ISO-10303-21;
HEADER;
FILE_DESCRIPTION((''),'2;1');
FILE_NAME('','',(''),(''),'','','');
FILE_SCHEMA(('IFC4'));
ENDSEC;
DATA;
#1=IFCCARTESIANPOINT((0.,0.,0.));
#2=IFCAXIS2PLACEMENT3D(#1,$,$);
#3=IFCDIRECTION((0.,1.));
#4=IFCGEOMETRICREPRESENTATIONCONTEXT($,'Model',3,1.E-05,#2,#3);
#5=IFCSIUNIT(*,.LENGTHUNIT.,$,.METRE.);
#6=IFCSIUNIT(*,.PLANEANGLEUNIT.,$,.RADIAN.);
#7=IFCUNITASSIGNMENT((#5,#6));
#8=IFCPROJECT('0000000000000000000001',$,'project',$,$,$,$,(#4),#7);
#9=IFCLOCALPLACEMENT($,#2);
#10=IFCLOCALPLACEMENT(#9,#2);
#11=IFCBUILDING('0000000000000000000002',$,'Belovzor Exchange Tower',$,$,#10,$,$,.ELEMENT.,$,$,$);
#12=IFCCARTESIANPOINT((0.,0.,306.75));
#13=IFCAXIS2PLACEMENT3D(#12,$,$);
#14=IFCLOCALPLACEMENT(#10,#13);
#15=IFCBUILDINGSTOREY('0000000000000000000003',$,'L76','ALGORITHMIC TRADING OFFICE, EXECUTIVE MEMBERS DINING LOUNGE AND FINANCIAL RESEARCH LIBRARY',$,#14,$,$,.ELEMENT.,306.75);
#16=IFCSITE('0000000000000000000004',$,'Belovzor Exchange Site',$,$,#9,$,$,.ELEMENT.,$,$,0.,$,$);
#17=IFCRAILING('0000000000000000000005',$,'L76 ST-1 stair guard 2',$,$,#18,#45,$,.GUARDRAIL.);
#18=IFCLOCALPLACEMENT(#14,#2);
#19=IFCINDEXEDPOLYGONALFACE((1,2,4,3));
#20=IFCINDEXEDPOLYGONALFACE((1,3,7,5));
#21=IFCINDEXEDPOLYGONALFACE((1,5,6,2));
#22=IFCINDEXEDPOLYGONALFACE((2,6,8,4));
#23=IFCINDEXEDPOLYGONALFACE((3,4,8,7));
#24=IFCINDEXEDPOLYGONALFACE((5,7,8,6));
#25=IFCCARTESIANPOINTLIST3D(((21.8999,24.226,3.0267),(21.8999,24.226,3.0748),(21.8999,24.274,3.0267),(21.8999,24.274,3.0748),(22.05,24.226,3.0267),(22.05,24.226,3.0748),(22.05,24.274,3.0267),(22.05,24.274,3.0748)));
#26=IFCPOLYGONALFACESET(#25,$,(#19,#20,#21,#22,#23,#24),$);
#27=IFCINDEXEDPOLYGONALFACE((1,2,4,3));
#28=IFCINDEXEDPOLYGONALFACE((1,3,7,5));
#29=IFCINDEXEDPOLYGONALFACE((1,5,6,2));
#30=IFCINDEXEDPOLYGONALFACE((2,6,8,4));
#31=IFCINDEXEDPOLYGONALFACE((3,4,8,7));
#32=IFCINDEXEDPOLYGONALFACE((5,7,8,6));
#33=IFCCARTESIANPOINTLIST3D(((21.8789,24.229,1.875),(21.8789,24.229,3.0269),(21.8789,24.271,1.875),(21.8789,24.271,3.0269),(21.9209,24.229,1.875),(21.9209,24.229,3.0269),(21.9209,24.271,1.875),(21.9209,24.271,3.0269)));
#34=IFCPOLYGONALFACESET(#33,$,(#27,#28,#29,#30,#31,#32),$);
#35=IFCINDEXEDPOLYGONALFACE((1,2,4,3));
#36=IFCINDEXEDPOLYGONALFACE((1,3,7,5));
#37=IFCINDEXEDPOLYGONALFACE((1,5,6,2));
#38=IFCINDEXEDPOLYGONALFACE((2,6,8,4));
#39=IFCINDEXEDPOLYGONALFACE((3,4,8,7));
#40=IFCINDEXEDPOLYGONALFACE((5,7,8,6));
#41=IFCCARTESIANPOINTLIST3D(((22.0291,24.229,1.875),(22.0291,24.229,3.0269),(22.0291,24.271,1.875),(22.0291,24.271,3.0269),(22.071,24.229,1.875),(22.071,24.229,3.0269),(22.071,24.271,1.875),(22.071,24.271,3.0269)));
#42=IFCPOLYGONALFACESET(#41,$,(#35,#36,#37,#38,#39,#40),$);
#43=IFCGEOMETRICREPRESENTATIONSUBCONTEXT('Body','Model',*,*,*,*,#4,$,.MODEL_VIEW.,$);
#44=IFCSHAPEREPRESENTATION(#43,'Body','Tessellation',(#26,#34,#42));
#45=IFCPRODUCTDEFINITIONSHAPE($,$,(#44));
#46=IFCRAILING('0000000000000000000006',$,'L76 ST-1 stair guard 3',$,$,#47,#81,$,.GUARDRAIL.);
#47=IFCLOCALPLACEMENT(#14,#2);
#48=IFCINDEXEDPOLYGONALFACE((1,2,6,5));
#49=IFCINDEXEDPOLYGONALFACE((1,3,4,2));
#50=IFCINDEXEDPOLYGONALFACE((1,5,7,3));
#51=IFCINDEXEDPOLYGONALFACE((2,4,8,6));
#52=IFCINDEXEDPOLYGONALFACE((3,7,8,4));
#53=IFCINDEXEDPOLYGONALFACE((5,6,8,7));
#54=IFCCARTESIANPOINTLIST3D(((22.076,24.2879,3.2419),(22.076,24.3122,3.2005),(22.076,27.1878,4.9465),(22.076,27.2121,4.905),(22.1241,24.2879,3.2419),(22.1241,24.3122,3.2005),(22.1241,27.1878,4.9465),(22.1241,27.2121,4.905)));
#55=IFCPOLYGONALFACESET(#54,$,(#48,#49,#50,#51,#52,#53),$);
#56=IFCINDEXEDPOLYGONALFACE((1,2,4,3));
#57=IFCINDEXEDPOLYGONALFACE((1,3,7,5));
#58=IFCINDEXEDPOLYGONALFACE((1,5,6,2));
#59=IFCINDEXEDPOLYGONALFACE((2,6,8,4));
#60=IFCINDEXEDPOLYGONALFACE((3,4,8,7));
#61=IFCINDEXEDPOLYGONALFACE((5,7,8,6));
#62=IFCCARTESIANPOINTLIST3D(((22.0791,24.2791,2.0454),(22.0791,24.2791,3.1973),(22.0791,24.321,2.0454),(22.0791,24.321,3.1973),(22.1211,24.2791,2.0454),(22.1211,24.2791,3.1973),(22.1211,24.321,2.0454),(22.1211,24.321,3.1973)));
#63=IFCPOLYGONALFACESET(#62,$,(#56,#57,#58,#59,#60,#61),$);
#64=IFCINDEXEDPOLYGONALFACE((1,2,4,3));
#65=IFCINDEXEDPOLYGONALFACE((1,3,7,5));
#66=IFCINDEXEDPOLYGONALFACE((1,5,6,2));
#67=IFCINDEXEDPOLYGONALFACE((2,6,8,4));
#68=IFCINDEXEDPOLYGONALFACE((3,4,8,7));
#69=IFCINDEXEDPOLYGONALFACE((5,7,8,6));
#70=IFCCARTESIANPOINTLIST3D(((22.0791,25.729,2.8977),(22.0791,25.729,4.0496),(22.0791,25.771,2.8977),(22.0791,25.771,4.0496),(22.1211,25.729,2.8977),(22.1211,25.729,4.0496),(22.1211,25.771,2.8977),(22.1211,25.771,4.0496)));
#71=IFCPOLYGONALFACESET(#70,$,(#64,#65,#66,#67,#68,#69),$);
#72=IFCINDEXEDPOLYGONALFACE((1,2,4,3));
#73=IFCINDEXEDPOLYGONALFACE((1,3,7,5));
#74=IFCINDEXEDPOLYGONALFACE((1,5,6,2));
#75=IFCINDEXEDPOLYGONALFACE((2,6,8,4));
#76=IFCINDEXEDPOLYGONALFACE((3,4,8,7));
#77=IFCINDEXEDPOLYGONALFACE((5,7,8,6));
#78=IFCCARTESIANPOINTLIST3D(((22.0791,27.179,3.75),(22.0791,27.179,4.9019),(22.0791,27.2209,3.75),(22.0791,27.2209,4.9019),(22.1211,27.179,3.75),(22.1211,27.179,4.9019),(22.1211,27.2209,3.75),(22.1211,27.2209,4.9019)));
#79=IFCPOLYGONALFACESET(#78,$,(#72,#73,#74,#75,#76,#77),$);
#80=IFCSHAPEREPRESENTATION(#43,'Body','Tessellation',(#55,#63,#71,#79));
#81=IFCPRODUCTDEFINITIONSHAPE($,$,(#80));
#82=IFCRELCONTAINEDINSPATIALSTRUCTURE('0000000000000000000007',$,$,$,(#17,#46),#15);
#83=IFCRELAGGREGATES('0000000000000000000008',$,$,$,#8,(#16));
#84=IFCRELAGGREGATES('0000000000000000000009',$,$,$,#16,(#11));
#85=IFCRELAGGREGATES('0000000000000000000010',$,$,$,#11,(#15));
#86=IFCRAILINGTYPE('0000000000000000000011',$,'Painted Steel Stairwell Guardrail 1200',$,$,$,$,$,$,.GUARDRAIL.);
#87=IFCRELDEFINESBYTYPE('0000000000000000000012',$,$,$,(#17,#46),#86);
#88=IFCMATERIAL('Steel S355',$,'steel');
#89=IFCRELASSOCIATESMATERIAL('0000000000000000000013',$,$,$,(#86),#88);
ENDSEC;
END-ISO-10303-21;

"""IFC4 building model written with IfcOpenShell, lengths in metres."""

from ifc_helpers import new_model, si_unit, direction, frame, origin, origin_2d, place, context, subcontext, project, spatial, rectangle, extrude, material, type_object, element, save


model = new_model("IFC4")

# Units and contexts
model_context = context("Model", 3, precision=1e-05, world=origin(), true_north=direction((0.0, 1.0)))
body_context = subcontext(model_context, "Body", "Model", "MODEL_VIEW")
ifc_project = project(units=[si_unit("LENGTHUNIT", "METRE"), si_unit("PLANEANGLEUNIT", "RADIAN")], contexts=[model_context])

# Site, building, storey
site_placement = place(None, origin())
site = spatial("IfcSite", under=ifc_project, at=site_placement, Name="Belovzor Exchange Site", CompositionType="ELEMENT", RefElevation=0.0)
building_placement = place(site_placement, origin())
building = spatial("IfcBuilding", under=site, at=building_placement, Name="Belovzor Exchange Tower", CompositionType="ELEMENT")
storey_placement = place(building_placement, frame((0.0, 0.0, 306.75)))
storey = spatial("IfcBuildingStorey", under=building, at=storey_placement, Name="L76", Description="ALGORITHMIC TRADING OFFICE, EXECUTIVE MEMBERS DINING LOUNGE AND FINANCIAL RESEARCH LIBRARY", CompositionType="ELEMENT", Elevation=306.75)

# Railings
ifc_material_1 = material(Name="Steel S355", Category="steel")
railing_type_1 = type_object("IfcRailingType", Name="Painted Steel Stairwell Guardrail 1200", PredefinedType="GUARDRAIL", material=ifc_material_1)
railing_1_placement = place(storey_placement, frame((21.8999, 24.25, 1.875)))
element("IfcRailing", 1, at=railing_1_placement, inside=storey, type_object=railing_type_1, Name="L76 ST-1 stair guard 2", PredefinedType="GUARDRAIL", context=body_context, shape_type="SweptSolid", body=[
    extrude(rectangle(XDim=0.0481, YDim=0.0481, at=origin_2d()), frame((0.0, 0.0, 1.1758), z_axis=(1.0, 0.0, 0.0), x_axis=(0.0, 1.0, 0.0)), (0.0, 0.0, 1.0), 0.1501),
    extrude(rectangle(XDim=0.042, YDim=0.042, at=origin_2d()), origin(), (0.0, 0.0, 1.0), 1.1519),
    extrude(rectangle(XDim=0.042, YDim=0.042, at=origin_2d()), frame((0.1501, 0.0, 0.0)), (0.0, 0.0, 1.0), 1.1519),
])
railing_2_placement = place(storey_placement, frame((22.1001, 24.3, 2.0454)))
element("IfcRailing", 2, at=railing_2_placement, inside=storey, type_object=railing_type_1, Name="L76 ST-1 stair guard 3", PredefinedType="GUARDRAIL", context=body_context, shape_type="SweptSolid", body=[
    extrude(rectangle(XDim=0.0481, YDim=0.0481, at=origin_2d()), frame((0.0, 0.0, 1.1758), z_axis=(0.0, 0.862095, 0.506747), x_axis=(-1.0, 0.0, 0.0)), (0.0, 0.0, 1.0), 3.3638),
    extrude(rectangle(XDim=0.042, YDim=0.042, at=origin_2d()), origin(), (0.0, 0.0, 1.0), 1.1519),
    extrude(rectangle(XDim=0.042, YDim=0.042, at=origin_2d()), frame((0.0, 1.45, 0.8523)), (0.0, 0.0, 1.0), 1.1519),
    extrude(rectangle(XDim=0.042, YDim=0.042, at=origin_2d()), frame((0.0, 2.8999, 1.7046)), (0.0, 0.0, 1.0), 1.1519),
])

save(model, "model.ifc")
